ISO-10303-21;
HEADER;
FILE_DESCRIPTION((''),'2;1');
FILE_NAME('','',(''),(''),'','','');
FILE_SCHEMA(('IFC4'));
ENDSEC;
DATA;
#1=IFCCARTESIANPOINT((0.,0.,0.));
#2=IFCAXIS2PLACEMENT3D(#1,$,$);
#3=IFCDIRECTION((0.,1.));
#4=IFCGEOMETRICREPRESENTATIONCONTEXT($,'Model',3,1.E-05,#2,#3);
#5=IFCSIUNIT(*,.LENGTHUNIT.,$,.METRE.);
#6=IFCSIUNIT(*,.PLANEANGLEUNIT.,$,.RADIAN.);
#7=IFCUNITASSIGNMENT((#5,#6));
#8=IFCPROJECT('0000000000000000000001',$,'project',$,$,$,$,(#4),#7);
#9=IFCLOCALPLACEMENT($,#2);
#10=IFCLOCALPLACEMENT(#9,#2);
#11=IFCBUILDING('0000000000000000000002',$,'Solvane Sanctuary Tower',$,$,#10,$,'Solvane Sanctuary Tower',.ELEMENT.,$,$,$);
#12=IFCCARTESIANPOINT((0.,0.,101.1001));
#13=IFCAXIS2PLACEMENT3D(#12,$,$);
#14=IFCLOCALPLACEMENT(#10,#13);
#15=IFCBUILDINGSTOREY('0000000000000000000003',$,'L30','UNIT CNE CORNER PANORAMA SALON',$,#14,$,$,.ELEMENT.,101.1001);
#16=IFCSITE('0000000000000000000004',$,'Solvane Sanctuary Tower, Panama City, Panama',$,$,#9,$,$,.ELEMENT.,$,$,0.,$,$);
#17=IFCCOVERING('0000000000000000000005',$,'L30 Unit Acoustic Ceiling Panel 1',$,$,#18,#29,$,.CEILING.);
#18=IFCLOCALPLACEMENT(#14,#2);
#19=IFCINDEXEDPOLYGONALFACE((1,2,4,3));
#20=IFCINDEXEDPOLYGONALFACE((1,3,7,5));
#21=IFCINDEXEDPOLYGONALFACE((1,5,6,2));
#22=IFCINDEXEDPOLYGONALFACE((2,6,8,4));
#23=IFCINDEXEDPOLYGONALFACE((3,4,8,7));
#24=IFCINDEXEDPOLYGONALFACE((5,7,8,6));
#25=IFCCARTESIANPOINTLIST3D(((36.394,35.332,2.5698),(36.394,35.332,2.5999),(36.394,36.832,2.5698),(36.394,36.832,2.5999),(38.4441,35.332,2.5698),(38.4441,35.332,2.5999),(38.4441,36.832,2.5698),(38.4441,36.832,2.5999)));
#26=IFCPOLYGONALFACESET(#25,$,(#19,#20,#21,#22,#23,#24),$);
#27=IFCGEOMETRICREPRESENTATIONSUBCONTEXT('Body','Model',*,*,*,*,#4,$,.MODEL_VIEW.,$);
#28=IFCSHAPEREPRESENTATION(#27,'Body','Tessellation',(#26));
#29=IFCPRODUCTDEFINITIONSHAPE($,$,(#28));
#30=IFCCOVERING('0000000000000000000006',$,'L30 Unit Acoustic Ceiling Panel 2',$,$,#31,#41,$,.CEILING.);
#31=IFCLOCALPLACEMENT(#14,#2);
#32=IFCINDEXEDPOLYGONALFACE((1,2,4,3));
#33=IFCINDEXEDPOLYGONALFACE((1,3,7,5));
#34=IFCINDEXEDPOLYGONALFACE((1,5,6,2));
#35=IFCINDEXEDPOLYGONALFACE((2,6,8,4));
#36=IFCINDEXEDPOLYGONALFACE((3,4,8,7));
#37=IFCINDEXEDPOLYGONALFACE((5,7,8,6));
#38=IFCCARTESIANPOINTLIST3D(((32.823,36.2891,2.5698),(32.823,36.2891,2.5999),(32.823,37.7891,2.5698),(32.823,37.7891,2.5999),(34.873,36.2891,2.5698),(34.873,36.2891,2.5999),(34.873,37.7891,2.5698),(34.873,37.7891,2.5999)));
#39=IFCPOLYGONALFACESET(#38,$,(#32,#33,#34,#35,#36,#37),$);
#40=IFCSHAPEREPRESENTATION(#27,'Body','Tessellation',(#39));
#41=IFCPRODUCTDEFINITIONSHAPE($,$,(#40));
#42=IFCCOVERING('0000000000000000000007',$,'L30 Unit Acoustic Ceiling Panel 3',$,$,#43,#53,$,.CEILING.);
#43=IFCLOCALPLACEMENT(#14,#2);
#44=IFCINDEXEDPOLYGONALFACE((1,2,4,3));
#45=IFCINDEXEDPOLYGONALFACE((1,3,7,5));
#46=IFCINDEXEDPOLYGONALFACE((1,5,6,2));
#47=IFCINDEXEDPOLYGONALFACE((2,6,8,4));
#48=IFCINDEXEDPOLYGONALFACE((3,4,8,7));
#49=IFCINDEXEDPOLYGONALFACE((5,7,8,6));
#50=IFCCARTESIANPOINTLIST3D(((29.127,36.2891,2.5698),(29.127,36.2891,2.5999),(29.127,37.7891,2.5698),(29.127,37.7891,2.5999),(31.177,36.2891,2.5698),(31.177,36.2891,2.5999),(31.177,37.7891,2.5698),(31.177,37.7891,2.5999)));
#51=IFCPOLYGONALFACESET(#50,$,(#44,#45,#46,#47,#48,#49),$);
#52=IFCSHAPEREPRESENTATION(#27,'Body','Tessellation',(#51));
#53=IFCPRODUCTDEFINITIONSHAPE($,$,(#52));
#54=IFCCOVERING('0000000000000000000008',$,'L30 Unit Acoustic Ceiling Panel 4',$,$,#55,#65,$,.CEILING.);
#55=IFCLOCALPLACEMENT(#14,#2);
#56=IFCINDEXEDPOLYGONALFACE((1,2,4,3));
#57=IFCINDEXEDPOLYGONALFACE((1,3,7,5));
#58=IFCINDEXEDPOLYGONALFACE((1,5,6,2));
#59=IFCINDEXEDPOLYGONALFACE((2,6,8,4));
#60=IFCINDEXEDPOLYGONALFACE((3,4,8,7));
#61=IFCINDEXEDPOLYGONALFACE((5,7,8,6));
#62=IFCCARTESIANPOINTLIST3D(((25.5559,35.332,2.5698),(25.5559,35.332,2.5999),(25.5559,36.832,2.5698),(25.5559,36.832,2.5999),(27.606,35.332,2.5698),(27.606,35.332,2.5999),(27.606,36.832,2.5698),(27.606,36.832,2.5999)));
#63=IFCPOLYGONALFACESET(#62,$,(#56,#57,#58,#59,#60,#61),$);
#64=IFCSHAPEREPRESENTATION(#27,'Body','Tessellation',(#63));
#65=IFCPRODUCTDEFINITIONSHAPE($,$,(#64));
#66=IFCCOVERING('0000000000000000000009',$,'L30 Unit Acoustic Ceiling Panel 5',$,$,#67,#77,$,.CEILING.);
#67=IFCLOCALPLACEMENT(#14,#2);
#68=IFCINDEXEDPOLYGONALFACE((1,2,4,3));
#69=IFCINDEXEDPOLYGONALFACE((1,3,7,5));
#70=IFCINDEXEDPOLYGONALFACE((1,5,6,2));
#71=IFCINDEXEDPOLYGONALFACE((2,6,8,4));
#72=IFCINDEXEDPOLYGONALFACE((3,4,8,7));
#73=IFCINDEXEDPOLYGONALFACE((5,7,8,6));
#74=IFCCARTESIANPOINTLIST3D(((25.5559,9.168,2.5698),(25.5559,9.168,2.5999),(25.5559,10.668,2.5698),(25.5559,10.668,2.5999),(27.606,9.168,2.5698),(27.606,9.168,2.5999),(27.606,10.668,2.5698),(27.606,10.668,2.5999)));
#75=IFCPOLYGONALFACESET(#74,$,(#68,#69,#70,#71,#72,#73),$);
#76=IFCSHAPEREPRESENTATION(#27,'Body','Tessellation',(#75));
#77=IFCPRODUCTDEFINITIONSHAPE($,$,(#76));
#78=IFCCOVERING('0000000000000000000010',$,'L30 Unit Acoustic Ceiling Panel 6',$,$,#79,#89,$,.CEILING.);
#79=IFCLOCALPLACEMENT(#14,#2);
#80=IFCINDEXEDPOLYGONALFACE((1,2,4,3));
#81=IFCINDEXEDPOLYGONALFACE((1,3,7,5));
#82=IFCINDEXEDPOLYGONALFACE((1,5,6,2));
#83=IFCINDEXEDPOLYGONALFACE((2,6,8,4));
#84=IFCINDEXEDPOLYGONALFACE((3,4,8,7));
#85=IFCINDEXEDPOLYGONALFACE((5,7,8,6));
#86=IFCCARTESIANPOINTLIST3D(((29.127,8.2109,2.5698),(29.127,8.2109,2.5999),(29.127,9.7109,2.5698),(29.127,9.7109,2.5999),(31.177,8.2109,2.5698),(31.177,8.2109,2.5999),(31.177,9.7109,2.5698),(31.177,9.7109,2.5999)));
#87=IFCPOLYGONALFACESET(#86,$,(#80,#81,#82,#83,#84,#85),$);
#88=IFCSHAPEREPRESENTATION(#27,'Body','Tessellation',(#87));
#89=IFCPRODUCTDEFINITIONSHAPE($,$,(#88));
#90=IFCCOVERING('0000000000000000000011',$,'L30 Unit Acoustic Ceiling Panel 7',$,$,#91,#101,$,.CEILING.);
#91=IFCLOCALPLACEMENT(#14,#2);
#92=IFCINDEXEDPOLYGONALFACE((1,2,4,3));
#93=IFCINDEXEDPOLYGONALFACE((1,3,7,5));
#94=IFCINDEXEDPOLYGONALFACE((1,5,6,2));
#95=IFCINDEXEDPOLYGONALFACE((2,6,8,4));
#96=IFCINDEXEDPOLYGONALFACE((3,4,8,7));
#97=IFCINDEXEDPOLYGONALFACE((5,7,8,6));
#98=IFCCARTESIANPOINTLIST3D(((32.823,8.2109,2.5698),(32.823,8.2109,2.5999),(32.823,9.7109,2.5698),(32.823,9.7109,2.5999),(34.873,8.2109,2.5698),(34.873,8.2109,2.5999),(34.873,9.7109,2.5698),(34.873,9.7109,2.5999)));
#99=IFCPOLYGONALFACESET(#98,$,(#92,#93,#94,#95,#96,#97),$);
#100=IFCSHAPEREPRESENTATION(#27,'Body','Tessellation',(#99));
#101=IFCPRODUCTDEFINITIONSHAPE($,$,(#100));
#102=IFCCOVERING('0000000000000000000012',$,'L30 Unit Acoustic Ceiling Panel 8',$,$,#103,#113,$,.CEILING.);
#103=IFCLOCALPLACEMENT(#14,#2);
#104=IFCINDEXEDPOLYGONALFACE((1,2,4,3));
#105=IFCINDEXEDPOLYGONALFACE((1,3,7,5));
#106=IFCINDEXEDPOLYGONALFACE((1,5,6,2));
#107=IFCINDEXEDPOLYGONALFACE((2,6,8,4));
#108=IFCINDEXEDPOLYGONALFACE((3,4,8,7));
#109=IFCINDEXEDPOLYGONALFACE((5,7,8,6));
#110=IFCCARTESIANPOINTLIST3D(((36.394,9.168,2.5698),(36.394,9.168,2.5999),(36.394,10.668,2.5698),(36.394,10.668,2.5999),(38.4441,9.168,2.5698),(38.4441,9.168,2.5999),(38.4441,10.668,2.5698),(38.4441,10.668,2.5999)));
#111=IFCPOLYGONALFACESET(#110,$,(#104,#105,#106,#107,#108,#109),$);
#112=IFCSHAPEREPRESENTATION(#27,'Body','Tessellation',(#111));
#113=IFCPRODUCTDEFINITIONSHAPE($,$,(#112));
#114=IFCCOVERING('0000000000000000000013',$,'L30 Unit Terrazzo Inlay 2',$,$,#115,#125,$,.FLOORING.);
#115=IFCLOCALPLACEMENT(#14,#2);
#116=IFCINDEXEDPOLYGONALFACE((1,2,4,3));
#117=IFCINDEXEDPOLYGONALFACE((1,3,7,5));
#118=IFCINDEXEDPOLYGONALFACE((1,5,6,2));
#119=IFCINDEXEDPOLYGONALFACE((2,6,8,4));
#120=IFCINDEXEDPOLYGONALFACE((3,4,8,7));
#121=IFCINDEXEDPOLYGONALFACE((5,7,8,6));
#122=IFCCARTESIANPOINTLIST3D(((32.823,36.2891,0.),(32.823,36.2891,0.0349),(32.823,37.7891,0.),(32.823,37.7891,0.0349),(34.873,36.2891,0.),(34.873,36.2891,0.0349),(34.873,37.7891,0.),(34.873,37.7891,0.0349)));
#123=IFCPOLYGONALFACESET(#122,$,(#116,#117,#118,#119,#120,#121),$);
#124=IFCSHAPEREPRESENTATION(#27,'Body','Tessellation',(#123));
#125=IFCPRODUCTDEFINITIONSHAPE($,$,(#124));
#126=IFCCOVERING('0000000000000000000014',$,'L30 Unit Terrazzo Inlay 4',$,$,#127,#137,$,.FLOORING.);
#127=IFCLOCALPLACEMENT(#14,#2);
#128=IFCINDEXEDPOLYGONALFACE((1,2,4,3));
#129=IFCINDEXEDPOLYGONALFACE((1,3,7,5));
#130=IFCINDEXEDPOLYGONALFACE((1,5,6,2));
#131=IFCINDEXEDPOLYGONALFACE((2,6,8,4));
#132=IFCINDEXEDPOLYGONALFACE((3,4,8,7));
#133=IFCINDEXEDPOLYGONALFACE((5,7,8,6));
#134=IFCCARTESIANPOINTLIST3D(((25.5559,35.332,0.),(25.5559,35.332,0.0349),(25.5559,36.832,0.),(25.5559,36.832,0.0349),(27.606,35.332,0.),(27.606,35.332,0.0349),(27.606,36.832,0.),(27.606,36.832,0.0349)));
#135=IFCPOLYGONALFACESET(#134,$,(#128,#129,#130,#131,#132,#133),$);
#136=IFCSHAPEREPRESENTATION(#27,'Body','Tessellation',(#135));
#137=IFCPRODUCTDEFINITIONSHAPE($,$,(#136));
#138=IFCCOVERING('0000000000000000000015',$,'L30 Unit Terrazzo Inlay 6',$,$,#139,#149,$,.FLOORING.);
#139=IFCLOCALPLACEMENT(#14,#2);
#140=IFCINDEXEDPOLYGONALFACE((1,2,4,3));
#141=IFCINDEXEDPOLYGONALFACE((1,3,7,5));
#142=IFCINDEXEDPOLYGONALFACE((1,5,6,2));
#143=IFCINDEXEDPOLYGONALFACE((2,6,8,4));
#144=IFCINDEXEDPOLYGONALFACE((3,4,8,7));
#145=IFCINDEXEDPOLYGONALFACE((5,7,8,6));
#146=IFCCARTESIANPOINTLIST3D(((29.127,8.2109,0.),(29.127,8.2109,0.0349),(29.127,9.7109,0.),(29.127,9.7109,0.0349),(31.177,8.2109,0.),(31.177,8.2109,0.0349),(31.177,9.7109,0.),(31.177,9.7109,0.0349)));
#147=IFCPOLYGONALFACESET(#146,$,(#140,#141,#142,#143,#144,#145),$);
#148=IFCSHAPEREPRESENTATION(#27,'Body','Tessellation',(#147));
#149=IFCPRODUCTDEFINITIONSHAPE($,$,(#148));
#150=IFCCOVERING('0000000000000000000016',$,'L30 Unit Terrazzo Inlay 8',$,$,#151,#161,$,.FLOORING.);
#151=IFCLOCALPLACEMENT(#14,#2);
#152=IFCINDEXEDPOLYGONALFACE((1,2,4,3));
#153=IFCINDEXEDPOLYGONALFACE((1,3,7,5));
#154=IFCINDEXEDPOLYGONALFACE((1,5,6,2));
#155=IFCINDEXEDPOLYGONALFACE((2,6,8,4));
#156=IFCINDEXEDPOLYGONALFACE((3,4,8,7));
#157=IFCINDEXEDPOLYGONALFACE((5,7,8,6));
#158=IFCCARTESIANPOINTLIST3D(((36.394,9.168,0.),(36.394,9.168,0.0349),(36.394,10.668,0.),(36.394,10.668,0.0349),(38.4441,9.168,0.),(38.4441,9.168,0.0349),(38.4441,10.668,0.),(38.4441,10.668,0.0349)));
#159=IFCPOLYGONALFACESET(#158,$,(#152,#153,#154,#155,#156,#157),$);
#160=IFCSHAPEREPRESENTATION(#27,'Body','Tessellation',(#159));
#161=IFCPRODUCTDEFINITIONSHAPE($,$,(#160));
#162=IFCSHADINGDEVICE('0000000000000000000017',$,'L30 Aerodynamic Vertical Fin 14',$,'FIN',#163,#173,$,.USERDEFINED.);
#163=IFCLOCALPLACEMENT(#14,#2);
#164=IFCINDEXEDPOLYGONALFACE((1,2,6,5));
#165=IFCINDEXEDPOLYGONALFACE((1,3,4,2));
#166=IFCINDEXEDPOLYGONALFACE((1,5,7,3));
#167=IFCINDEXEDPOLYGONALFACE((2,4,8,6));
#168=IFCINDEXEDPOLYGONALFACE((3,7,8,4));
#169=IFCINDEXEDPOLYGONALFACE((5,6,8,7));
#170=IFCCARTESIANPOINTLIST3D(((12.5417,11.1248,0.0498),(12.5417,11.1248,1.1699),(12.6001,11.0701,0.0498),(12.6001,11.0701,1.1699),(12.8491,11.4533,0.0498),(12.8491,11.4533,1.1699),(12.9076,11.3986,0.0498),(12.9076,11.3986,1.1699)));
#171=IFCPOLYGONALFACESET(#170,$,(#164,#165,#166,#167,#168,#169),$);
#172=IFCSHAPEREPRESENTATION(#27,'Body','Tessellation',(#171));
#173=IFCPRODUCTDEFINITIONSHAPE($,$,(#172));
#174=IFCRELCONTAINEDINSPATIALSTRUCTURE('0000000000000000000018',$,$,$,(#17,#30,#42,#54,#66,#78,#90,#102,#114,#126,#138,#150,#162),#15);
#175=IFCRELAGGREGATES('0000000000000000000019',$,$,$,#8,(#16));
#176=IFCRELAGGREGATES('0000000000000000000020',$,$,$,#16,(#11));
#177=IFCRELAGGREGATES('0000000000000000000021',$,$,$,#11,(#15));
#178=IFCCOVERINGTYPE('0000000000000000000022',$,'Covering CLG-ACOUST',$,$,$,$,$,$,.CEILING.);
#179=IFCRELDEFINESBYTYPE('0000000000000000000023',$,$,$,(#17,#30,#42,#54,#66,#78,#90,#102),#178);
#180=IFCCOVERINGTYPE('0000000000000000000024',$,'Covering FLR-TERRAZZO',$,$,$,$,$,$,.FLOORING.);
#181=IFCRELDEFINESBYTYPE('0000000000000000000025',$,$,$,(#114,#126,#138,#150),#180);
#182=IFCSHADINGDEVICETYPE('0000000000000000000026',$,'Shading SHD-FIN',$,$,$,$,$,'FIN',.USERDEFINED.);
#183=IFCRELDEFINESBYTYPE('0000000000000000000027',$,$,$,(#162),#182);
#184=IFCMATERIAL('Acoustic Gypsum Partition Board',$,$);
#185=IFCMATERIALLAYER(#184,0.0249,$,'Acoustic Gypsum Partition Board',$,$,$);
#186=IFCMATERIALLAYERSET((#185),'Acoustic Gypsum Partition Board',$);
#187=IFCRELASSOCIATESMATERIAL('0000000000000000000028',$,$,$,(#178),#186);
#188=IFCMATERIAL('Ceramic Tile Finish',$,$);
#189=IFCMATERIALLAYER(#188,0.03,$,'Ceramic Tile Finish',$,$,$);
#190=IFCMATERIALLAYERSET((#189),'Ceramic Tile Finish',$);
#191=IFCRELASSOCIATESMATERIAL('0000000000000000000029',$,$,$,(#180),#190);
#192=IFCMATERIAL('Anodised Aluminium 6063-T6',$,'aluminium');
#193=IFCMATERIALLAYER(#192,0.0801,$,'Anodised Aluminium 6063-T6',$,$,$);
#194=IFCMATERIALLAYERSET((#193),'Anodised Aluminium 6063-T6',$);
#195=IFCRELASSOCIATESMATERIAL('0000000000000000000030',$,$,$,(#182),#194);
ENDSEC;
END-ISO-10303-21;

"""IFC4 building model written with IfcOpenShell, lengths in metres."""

from ifc_helpers import new_model, si_unit, direction, frame, origin, origin_2d, place, context, subcontext, project, spatial, polyline, rectangle, outline, extrude, material, layer, layer_set, type_object, element, save


model = new_model("IFC4")

# Units and contexts
model_context = context("Model", 3, precision=1e-05, world=origin(), true_north=direction((0.0, 1.0)))
body_context = subcontext(model_context, "Body", "Model", "MODEL_VIEW")
ifc_project = project(units=[si_unit("LENGTHUNIT", "METRE"), si_unit("PLANEANGLEUNIT", "RADIAN")], contexts=[model_context])

# Site, building, storey
site_placement = place(None, origin())
site = spatial("IfcSite", under=ifc_project, at=site_placement, Name="Solvane Sanctuary Tower, Panama City, Panama", CompositionType="ELEMENT", RefElevation=0.0)
building_placement = place(site_placement, origin())
building = spatial("IfcBuilding", under=site, at=building_placement, Name="Solvane Sanctuary Tower", LongName="Solvane Sanctuary Tower", CompositionType="ELEMENT")
storey_placement = place(building_placement, frame((0.0, 0.0, 101.1001)))
storey = spatial("IfcBuildingStorey", under=building, at=storey_placement, Name="L30", Description="UNIT CNE CORNER PANORAMA SALON", CompositionType="ELEMENT", Elevation=101.1001)

# Coverings
ifc_material_1 = material(Name="Acoustic Gypsum Partition Board")
ifc_layer_1 = layer(ifc_material_1, 0.0249, Name="Acoustic Gypsum Partition Board")
ifc_layer_set_1 = layer_set([ifc_layer_1], Name="Acoustic Gypsum Partition Board")
covering_type_1 = type_object("IfcCoveringType", Name="Covering CLG-ACOUST", PredefinedType="CEILING", material=ifc_layer_set_1)
covering_1_placement = place(storey_placement, frame((0.0, 0.0, 2.5698)))
element("IfcCovering", 1, at=covering_1_placement, inside=storey, type_object=covering_type_1, Name="L30 Unit Acoustic Ceiling Panel 1", PredefinedType="CEILING", context=body_context, shape_type="SweptSolid", body=[
    extrude(outline(polyline([(36.394, 35.332), (38.4441, 35.332), (38.4441, 36.832), (36.394, 36.832), (36.394, 35.332)])), origin(), (0.0, 0.0, 1.0), 0.03),
])
covering_2_placement = place(storey_placement, frame((0.0, 0.0, 2.5698)))
element("IfcCovering", 2, at=covering_2_placement, inside=storey, type_object=covering_type_1, Name="L30 Unit Acoustic Ceiling Panel 2", PredefinedType="CEILING", context=body_context, shape_type="SweptSolid", body=[
    extrude(outline(polyline([(32.823, 36.2891), (34.873, 36.2891), (34.873, 37.7891), (32.823, 37.7891), (32.823, 36.2891)])), origin(), (0.0, 0.0, 1.0), 0.03),
])
covering_3_placement = place(storey_placement, frame((0.0, 0.0, 2.5698)))
element("IfcCovering", 3, at=covering_3_placement, inside=storey, type_object=covering_type_1, Name="L30 Unit Acoustic Ceiling Panel 3", PredefinedType="CEILING", context=body_context, shape_type="SweptSolid", body=[
    extrude(outline(polyline([(29.127, 36.2891), (31.177, 36.2891), (31.177, 37.7891), (29.127, 37.7891), (29.127, 36.2891)])), origin(), (0.0, 0.0, 1.0), 0.03),
])
covering_4_placement = place(storey_placement, frame((0.0, 0.0, 2.5698)))
element("IfcCovering", 4, at=covering_4_placement, inside=storey, type_object=covering_type_1, Name="L30 Unit Acoustic Ceiling Panel 4", PredefinedType="CEILING", context=body_context, shape_type="SweptSolid", body=[
    extrude(outline(polyline([(25.5559, 35.332), (27.606, 35.332), (27.606, 36.832), (25.5559, 36.832), (25.5559, 35.332)])), origin(), (0.0, 0.0, 1.0), 0.03),
])
covering_5_placement = place(storey_placement, frame((0.0, 0.0, 2.5698)))
element("IfcCovering", 5, at=covering_5_placement, inside=storey, type_object=covering_type_1, Name="L30 Unit Acoustic Ceiling Panel 5", PredefinedType="CEILING", context=body_context, shape_type="SweptSolid", body=[
    extrude(outline(polyline([(25.5559, 9.168), (27.606, 9.168), (27.606, 10.668), (25.5559, 10.668), (25.5559, 9.168)])), origin(), (0.0, 0.0, 1.0), 0.03),
])
covering_6_placement = place(storey_placement, frame((0.0, 0.0, 2.5698)))
element("IfcCovering", 6, at=covering_6_placement, inside=storey, type_object=covering_type_1, Name="L30 Unit Acoustic Ceiling Panel 6", PredefinedType="CEILING", context=body_context, shape_type="SweptSolid", body=[
    extrude(outline(polyline([(29.127, 8.2109), (31.177, 8.2109), (31.177, 9.7109), (29.127, 9.7109), (29.127, 8.2109)])), origin(), (0.0, 0.0, 1.0), 0.03),
])
covering_7_placement = place(storey_placement, frame((0.0, 0.0, 2.5698)))
element("IfcCovering", 7, at=covering_7_placement, inside=storey, type_object=covering_type_1, Name="L30 Unit Acoustic Ceiling Panel 7", PredefinedType="CEILING", context=body_context, shape_type="SweptSolid", body=[
    extrude(outline(polyline([(32.823, 8.2109), (34.873, 8.2109), (34.873, 9.7109), (32.823, 9.7109), (32.823, 8.2109)])), origin(), (0.0, 0.0, 1.0), 0.03),
])
covering_8_placement = place(storey_placement, frame((0.0, 0.0, 2.5698)))
element("IfcCovering", 8, at=covering_8_placement, inside=storey, type_object=covering_type_1, Name="L30 Unit Acoustic Ceiling Panel 8", PredefinedType="CEILING", context=body_context, shape_type="SweptSolid", body=[
    extrude(outline(polyline([(36.394, 9.168), (38.4441, 9.168), (38.4441, 10.668), (36.394, 10.668), (36.394, 9.168)])), origin(), (0.0, 0.0, 1.0), 0.03),
])
ifc_material_2 = material(Name="Ceramic Tile Finish")
ifc_layer_2 = layer(ifc_material_2, 0.03, Name="Ceramic Tile Finish")
ifc_layer_set_2 = layer_set([ifc_layer_2], Name="Ceramic Tile Finish")
covering_type_2 = type_object("IfcCoveringType", Name="Covering FLR-TERRAZZO", PredefinedType="FLOORING", material=ifc_layer_set_2)
covering_9_placement = place(storey_placement, origin())
element("IfcCovering", 9, at=covering_9_placement, inside=storey, type_object=covering_type_2, Name="L30 Unit Terrazzo Inlay 2", PredefinedType="FLOORING", context=body_context, shape_type="SweptSolid", body=[
    extrude(outline(polyline([(32.823, 36.2891), (34.873, 36.2891), (34.873, 37.7891), (32.823, 37.7891), (32.823, 36.2891)])), origin(), (0.0, 0.0, 1.0), 0.0349),
])
covering_10_placement = place(storey_placement, origin())
element("IfcCovering", 10, at=covering_10_placement, inside=storey, type_object=covering_type_2, Name="L30 Unit Terrazzo Inlay 4", PredefinedType="FLOORING", context=body_context, shape_type="SweptSolid", body=[
    extrude(outline(polyline([(25.5559, 35.332), (27.606, 35.332), (27.606, 36.832), (25.5559, 36.832), (25.5559, 35.332)])), origin(), (0.0, 0.0, 1.0), 0.0349),
])
covering_11_placement = place(storey_placement, origin())
element("IfcCovering", 11, at=covering_11_placement, inside=storey, type_object=covering_type_2, Name="L30 Unit Terrazzo Inlay 6", PredefinedType="FLOORING", context=body_context, shape_type="SweptSolid", body=[
    extrude(outline(polyline([(29.127, 8.2109), (31.177, 8.2109), (31.177, 9.7109), (29.127, 9.7109), (29.127, 8.2109)])), origin(), (0.0, 0.0, 1.0), 0.0349),
])
covering_12_placement = place(storey_placement, origin())
element("IfcCovering", 12, at=covering_12_placement, inside=storey, type_object=covering_type_2, Name="L30 Unit Terrazzo Inlay 8", PredefinedType="FLOORING", context=body_context, shape_type="SweptSolid", body=[
    extrude(outline(polyline([(36.394, 9.168), (38.4441, 9.168), (38.4441, 10.668), (36.394, 10.668), (36.394, 9.168)])), origin(), (0.0, 0.0, 1.0), 0.0349),
])

# Shading device
ifc_material_3 = material(Name="Anodised Aluminium 6063-T6", Category="aluminium")
ifc_layer_3 = layer(ifc_material_3, 0.0801, Name="Anodised Aluminium 6063-T6")
ifc_layer_set_3 = layer_set([ifc_layer_3], Name="Anodised Aluminium 6063-T6")
shading_device_type = type_object("IfcShadingDeviceType", Name="Shading SHD-FIN", ElementType="FIN", PredefinedType="USERDEFINED", material=ifc_layer_set_3)
shading_device_placement = place(storey_placement, frame((12.7246, 11.2617, 0.0498), z_axis=(0.0, 0.0, 1.0), x_axis=(0.730175, -0.68326, 0.0)))
element("IfcShadingDevice", 13, at=shading_device_placement, inside=storey, type_object=shading_device_type, Name="L30 Aerodynamic Vertical Fin 14", ObjectType="FIN", PredefinedType="USERDEFINED", context=body_context, shape_type="SweptSolid", body=[
    extrude(rectangle(XDim=0.0801, YDim=0.45, at=origin_2d()), origin(), (0.0, 0.0, 1.0), 1.1201),
])

save(model, "model.ifc")
